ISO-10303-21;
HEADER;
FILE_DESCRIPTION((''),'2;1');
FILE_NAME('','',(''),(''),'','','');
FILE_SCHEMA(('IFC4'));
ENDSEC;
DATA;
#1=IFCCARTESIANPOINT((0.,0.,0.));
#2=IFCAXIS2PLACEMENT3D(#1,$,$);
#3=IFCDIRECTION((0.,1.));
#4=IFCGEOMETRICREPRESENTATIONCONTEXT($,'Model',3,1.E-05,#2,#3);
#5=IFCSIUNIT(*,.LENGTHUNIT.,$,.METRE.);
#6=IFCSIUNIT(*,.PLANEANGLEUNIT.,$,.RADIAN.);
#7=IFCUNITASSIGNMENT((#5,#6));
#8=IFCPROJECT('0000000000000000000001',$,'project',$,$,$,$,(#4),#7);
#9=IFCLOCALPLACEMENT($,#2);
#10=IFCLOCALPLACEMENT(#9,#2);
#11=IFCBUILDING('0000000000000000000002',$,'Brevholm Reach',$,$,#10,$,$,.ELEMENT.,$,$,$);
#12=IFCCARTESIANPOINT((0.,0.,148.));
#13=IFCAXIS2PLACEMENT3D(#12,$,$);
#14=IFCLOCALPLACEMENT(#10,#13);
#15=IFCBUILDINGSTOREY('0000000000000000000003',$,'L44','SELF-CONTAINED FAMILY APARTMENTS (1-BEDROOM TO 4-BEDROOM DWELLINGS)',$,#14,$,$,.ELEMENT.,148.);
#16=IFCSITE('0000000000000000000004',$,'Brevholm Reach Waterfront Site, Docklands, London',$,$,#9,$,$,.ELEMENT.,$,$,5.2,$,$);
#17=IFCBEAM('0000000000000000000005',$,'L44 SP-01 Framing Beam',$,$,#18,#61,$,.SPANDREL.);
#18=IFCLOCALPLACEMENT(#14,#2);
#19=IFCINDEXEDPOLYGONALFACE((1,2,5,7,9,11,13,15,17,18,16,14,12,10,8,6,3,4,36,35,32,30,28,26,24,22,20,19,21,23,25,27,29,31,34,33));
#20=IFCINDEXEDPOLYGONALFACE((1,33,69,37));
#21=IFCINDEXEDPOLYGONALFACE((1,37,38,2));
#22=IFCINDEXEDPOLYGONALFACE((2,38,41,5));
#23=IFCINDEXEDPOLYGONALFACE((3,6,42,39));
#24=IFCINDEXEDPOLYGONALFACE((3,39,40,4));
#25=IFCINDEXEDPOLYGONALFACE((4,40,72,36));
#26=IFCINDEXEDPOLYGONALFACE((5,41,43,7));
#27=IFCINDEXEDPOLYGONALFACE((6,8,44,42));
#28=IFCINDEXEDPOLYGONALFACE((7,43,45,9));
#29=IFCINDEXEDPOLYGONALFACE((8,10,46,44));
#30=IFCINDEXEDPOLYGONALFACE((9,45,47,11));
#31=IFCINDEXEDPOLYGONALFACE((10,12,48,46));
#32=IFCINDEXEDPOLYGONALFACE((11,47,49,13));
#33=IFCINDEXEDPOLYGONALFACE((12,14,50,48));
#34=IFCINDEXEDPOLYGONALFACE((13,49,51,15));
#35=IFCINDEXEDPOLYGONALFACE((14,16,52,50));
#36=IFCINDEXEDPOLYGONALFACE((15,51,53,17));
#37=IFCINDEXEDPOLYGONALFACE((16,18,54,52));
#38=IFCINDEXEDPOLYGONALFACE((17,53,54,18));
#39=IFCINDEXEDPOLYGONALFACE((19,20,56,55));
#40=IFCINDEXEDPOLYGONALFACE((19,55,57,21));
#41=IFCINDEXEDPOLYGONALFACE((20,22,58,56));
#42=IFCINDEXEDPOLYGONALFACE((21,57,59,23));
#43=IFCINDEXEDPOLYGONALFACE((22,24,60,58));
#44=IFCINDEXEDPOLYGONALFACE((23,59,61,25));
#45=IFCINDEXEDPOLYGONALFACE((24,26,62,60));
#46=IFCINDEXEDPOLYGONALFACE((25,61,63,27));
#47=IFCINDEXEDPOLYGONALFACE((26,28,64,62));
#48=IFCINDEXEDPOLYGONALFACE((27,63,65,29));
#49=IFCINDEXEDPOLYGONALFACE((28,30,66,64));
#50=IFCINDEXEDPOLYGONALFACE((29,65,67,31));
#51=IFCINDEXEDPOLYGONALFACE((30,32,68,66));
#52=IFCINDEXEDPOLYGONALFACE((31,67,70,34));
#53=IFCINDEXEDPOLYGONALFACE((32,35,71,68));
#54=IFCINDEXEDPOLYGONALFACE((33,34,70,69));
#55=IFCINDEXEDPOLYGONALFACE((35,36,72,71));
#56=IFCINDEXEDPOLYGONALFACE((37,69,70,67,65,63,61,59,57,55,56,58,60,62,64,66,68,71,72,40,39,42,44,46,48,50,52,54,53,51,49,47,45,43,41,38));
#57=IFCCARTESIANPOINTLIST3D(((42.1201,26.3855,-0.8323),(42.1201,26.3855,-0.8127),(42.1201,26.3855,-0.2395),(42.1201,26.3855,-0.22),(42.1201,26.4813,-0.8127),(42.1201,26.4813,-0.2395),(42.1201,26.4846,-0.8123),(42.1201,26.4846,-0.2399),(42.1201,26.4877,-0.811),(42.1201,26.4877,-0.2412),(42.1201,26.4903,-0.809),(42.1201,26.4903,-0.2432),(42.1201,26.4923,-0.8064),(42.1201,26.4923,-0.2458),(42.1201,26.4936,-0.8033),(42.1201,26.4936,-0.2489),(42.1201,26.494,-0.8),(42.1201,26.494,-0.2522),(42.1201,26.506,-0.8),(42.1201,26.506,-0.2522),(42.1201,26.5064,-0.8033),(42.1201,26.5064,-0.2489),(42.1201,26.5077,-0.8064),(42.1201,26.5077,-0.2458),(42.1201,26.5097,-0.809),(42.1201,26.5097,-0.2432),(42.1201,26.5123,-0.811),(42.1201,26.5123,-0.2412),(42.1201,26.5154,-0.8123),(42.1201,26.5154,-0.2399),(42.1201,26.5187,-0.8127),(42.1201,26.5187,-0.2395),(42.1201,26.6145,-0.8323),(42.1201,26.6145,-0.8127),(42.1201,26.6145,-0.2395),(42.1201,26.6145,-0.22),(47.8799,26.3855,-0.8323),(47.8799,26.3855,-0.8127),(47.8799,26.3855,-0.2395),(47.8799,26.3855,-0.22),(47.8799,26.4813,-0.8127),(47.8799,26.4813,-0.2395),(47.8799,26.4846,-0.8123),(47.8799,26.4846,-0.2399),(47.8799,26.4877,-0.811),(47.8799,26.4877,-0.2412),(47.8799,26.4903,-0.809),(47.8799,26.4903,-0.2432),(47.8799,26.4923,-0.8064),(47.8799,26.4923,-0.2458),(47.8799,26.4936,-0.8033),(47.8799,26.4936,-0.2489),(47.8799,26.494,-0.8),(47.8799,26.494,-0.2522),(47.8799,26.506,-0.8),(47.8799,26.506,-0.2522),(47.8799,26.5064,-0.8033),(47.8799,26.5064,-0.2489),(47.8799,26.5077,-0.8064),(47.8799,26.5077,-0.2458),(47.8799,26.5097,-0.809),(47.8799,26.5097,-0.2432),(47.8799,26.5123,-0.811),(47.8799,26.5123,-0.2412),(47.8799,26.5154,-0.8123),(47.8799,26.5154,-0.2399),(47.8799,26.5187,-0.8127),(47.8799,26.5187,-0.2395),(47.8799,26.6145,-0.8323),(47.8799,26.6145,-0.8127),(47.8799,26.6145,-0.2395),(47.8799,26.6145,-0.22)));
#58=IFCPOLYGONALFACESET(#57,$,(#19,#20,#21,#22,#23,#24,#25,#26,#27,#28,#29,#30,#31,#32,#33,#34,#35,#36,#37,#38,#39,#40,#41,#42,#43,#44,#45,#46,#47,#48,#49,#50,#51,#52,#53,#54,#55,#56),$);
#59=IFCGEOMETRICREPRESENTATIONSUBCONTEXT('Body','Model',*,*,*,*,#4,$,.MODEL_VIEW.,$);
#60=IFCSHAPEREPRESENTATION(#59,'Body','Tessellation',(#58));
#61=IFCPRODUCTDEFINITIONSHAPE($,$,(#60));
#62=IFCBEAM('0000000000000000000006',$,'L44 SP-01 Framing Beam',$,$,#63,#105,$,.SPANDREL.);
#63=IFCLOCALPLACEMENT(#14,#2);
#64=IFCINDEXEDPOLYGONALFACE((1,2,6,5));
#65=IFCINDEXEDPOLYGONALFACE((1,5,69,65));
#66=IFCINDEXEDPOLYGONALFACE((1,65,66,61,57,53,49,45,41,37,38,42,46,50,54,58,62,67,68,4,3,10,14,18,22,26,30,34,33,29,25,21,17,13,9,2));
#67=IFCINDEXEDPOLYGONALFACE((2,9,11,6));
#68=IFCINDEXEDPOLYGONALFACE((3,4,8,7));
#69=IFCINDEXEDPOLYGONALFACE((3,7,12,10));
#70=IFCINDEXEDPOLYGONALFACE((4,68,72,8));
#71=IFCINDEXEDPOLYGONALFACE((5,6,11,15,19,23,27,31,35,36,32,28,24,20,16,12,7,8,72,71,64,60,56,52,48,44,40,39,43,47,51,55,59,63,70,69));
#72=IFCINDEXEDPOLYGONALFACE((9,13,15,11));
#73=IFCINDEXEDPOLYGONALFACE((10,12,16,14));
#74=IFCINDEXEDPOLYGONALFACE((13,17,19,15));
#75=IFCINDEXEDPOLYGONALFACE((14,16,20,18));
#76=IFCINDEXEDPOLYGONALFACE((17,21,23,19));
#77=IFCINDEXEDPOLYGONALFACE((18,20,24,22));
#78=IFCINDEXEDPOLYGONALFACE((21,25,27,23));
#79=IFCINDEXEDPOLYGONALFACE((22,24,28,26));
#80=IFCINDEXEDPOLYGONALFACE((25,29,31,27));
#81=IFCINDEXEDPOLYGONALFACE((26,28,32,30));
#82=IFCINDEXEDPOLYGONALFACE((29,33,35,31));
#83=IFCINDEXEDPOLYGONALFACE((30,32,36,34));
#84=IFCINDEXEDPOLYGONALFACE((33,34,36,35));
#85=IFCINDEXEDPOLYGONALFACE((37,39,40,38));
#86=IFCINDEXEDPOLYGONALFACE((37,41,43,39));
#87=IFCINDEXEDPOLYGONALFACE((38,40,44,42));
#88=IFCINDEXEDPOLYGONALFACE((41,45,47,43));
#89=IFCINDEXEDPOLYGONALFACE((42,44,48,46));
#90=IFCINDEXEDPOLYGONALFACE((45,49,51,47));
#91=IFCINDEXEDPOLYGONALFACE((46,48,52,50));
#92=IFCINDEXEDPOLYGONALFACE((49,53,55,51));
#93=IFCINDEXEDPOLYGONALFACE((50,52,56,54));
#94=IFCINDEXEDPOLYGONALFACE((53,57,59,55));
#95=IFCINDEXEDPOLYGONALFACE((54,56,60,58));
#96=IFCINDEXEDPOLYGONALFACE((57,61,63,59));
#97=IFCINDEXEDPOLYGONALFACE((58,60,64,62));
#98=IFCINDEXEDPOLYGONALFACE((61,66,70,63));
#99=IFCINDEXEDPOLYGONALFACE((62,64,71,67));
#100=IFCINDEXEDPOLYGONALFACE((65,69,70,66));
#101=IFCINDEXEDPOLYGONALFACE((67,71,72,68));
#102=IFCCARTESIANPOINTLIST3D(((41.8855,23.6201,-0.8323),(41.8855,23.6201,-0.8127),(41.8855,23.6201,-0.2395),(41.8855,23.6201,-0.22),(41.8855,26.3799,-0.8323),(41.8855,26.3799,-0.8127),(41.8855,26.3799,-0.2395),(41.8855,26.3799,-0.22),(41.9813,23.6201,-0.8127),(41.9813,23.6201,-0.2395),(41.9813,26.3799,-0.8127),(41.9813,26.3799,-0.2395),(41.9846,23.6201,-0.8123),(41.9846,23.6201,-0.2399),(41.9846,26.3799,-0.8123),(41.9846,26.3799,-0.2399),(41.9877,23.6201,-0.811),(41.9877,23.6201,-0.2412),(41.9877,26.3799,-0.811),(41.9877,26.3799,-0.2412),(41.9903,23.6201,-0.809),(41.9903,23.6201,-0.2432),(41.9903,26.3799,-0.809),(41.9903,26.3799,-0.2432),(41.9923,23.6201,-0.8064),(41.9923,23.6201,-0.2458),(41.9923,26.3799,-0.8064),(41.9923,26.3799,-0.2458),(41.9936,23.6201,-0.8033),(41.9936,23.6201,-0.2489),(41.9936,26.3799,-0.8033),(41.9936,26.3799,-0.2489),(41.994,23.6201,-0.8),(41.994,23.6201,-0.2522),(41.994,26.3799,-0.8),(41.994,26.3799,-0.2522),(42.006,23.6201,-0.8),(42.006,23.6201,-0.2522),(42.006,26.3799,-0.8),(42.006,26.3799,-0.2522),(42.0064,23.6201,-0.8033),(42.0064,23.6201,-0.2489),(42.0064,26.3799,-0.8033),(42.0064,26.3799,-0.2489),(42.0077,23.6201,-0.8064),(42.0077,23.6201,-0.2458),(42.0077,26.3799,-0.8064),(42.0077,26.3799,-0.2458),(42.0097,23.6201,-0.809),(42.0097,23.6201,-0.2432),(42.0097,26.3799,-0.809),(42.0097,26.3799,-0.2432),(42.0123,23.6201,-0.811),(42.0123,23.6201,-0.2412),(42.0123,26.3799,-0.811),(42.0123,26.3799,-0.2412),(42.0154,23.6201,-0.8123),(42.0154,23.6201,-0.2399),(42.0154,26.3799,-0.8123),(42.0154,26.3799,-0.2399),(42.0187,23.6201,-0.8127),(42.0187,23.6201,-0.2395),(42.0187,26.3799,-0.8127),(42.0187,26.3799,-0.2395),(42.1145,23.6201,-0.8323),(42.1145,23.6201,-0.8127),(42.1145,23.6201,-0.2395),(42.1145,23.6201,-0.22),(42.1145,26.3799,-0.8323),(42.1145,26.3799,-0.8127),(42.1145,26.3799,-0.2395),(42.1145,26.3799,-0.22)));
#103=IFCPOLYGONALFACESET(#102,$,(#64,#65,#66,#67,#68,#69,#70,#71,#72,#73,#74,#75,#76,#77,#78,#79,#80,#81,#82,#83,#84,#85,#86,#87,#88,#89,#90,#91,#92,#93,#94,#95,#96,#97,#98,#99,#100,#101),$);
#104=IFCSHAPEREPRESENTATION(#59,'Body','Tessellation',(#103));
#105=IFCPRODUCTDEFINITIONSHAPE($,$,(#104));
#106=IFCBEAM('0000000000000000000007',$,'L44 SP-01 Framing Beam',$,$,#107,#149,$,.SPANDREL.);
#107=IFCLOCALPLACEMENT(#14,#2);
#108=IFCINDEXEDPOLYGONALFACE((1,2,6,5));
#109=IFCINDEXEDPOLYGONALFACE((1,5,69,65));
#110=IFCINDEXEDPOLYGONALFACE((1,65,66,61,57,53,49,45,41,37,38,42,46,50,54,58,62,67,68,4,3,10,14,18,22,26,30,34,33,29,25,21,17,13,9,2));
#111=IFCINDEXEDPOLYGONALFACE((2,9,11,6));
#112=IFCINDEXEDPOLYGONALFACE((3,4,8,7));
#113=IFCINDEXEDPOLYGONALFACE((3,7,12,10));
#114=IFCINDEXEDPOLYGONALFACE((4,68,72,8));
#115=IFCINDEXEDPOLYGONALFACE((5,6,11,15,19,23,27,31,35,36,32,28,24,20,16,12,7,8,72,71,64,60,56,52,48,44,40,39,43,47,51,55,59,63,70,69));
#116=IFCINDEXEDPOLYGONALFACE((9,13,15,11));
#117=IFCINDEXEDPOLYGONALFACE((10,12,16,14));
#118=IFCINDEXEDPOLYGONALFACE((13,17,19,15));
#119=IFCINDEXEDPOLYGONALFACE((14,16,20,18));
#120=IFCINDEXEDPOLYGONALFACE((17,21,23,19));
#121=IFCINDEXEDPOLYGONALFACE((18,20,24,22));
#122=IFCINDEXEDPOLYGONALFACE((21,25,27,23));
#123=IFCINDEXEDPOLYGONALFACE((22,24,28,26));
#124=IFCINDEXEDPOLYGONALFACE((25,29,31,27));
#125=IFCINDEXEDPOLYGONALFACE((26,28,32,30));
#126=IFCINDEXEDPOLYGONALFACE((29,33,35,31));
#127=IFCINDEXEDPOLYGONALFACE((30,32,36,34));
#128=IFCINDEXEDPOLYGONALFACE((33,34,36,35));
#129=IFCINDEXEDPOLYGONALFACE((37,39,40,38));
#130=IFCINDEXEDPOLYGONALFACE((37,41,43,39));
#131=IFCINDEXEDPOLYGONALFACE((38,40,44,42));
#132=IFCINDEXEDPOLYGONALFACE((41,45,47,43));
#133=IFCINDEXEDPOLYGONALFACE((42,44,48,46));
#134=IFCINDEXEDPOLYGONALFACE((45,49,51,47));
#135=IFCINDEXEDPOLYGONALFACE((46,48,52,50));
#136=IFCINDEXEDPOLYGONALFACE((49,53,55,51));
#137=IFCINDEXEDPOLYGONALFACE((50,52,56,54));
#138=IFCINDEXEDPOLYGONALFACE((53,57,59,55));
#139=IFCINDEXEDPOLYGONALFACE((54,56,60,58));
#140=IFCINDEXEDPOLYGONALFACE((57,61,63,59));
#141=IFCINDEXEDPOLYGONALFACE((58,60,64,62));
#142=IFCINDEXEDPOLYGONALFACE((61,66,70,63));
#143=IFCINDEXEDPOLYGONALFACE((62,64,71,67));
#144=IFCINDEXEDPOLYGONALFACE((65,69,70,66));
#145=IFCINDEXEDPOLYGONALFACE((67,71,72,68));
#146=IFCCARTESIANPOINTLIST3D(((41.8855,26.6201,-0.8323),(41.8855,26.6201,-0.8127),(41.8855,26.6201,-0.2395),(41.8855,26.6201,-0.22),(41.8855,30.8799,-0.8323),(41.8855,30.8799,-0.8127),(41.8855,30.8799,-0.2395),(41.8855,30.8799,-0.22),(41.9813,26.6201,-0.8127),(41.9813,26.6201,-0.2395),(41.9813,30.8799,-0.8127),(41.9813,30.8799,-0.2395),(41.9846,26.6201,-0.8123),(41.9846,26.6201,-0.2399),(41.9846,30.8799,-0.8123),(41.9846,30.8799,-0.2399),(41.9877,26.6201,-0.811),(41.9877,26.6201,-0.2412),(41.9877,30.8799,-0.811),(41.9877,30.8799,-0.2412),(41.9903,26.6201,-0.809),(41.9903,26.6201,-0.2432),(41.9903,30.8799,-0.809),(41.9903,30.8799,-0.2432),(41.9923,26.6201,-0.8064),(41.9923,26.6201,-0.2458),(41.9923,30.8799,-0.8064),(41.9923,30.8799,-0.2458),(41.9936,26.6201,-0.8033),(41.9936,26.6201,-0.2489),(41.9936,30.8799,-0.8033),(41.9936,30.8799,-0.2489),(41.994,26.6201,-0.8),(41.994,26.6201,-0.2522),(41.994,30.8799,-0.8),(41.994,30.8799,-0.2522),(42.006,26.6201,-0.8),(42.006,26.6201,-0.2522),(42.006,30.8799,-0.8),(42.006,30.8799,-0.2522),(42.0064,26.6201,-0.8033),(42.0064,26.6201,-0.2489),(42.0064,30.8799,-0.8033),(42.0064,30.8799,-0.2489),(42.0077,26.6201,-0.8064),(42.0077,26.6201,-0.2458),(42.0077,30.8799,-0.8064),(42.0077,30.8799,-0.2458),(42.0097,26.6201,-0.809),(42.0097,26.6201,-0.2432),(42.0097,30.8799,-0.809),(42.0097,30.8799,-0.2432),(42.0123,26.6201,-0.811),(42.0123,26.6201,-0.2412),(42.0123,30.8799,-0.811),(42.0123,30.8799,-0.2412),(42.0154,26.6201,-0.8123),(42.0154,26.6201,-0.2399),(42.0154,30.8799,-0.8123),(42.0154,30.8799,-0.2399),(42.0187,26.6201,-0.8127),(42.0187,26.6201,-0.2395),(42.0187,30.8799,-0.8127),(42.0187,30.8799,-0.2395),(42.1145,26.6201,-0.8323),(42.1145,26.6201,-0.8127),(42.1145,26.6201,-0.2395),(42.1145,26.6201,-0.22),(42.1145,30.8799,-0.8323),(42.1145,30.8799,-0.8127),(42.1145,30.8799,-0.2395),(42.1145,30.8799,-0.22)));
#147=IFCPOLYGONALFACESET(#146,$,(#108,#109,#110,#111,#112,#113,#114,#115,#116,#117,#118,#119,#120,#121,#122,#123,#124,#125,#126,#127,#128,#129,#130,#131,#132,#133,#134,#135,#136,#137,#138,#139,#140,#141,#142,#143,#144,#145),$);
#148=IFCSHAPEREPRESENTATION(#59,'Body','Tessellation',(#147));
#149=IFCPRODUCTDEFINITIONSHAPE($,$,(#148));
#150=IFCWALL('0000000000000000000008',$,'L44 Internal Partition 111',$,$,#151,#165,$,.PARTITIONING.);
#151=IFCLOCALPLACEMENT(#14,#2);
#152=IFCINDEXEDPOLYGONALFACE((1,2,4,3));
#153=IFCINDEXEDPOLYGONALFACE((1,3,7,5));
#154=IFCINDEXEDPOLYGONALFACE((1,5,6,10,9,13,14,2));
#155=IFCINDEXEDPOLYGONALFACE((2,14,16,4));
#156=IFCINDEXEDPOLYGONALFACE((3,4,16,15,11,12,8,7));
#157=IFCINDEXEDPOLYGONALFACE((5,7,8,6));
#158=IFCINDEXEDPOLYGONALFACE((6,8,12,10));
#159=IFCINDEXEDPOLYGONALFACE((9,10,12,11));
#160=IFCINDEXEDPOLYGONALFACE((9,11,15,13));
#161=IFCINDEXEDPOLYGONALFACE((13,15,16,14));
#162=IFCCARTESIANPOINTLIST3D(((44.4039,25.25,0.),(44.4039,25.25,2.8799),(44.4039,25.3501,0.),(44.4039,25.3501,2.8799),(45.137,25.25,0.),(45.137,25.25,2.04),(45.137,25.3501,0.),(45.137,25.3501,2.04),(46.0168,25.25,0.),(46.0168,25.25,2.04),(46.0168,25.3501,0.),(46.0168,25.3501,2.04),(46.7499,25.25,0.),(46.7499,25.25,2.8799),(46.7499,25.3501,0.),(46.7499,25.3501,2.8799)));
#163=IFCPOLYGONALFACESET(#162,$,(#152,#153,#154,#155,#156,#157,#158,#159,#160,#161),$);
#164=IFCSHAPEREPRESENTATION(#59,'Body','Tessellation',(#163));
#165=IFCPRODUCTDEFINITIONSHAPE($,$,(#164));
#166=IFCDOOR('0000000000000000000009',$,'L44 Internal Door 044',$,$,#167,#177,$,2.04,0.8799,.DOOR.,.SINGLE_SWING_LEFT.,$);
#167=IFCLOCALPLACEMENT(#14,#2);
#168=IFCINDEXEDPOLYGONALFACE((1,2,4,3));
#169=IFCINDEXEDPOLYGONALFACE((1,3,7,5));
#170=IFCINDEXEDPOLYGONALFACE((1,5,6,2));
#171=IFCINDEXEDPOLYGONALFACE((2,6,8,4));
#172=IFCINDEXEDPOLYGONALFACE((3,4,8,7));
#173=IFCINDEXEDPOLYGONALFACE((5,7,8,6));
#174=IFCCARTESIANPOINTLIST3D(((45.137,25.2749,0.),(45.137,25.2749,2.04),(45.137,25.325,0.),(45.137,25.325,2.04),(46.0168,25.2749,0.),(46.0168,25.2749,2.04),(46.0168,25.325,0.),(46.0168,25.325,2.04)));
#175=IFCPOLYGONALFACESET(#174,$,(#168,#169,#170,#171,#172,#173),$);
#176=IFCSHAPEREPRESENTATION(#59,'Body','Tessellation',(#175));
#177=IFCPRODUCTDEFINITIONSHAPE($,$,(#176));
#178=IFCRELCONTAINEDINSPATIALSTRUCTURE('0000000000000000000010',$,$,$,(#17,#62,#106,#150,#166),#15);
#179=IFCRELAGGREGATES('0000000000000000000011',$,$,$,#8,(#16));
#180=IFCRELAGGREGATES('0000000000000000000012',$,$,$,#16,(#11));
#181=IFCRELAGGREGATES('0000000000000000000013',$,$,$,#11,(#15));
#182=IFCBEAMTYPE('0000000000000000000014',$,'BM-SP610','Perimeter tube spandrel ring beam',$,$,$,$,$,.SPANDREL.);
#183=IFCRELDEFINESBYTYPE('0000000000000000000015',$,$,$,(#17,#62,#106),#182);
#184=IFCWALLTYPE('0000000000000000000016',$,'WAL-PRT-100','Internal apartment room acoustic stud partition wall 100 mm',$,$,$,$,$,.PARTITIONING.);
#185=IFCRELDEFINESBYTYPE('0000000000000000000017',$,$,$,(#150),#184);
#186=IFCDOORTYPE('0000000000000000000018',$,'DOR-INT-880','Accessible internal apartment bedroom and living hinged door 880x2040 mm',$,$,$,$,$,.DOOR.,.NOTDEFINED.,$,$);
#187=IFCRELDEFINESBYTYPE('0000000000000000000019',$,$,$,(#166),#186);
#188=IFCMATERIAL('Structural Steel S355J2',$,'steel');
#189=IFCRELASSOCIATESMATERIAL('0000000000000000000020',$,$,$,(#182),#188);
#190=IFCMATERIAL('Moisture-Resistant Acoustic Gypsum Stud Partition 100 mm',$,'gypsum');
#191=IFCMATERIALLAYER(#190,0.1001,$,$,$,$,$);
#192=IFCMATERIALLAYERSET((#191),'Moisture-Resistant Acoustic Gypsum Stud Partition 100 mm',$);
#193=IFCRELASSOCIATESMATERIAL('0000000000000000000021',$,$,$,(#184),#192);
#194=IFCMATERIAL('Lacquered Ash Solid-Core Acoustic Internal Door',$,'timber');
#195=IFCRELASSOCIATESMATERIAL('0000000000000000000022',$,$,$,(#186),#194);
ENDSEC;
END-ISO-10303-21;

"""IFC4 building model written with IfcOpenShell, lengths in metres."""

from ifc_helpers import new_model, si_unit, direction, frame, frame_2d, origin, origin_2d, place, context, subcontext, project, spatial, rectangle, i_section, extrude, material, layer, layer_set, material_profile, profile_set, type_object, element, fill, save


model = new_model("IFC4")

# Units and contexts
model_context = context("Model", 3, precision=1e-05, world=origin(), true_north=direction((0.0, 1.0)))
body_context = subcontext(model_context, "Body", "Model", "MODEL_VIEW")
ifc_project = project(units=[si_unit("LENGTHUNIT", "METRE"), si_unit("PLANEANGLEUNIT", "RADIAN")], contexts=[model_context])

# Site, building, storey
site_placement = place(None, origin())
site = spatial("IfcSite", under=ifc_project, at=site_placement, Name="Brevholm Reach Waterfront Site, Docklands, London", CompositionType="ELEMENT", RefElevation=5.2)
building_placement = place(site_placement, origin())
building = spatial("IfcBuilding", under=site, at=building_placement, Name="Brevholm Reach", CompositionType="ELEMENT")
storey_placement = place(building_placement, frame((0.0, 0.0, 148.0)))
storey = spatial("IfcBuildingStorey", under=building, at=storey_placement, Name="L44", Description="SELF-CONTAINED FAMILY APARTMENTS (1-BEDROOM TO 4-BEDROOM DWELLINGS)", CompositionType="ELEMENT", Elevation=148.0)

# Beams
ifc_material_1 = material(Name="Structural Steel S355J2", Category="steel")
ifc_material_profile_1 = material_profile(ifc_material_1, i_section(OverallWidth=0.229, OverallDepth=0.6123, WebThickness=0.012, FlangeThickness=0.0195, FilletRadius=0.0127, at=origin_2d()), Name="UKB 610x229x125")
ifc_profile_set_1 = profile_set([ifc_material_profile_1], Name="Structural Steel S355J2")
beam_type_1 = type_object("IfcBeamType", Name="BM-SP610", Description="Perimeter tube spandrel ring beam", PredefinedType="SPANDREL", material=ifc_profile_set_1)
beam_1_placement = place(storey_placement, frame((42.1201, 26.5, -0.5261), z_axis=(1.0, 0.0, 0.0), x_axis=(0.0, 1.0, 0.0)))
element("IfcBeam", 1, at=beam_1_placement, inside=storey, type_object=beam_type_1, Name="L44 SP-01 Framing Beam", PredefinedType="SPANDREL", context=body_context, shape_type="SweptSolid", body=[
    extrude(i_section(OverallWidth=0.229, OverallDepth=0.6123, WebThickness=0.012, FlangeThickness=0.0195, FilletRadius=0.0127, at=origin_2d()), origin(), (0.0, 0.0, 1.0), 5.7598),
])
beam_2_placement = place(storey_placement, frame((42.0, 23.6201, -0.5261), z_axis=(0.0, 1.0, 0.0), x_axis=(-1.0, 0.0, 0.0)))
element("IfcBeam", 2, at=beam_2_placement, inside=storey, type_object=beam_type_1, Name="L44 SP-01 Framing Beam", PredefinedType="SPANDREL", context=body_context, shape_type="SweptSolid", body=[
    extrude(i_section(OverallWidth=0.229, OverallDepth=0.6123, WebThickness=0.012, FlangeThickness=0.0195, FilletRadius=0.0127, at=origin_2d()), origin(), (0.0, 0.0, 1.0), 2.7598),
])
beam_3_placement = place(storey_placement, frame((42.0, 26.6201, -0.5261), z_axis=(0.0, 1.0, 0.0), x_axis=(-1.0, 0.0, 0.0)))
element("IfcBeam", 3, at=beam_3_placement, inside=storey, type_object=beam_type_1, Name="L44 SP-01 Framing Beam", PredefinedType="SPANDREL", context=body_context, shape_type="SweptSolid", body=[
    extrude(i_section(OverallWidth=0.229, OverallDepth=0.6123, WebThickness=0.012, FlangeThickness=0.0195, FilletRadius=0.0127, at=origin_2d()), origin(), (0.0, 0.0, 1.0), 4.2598),
])

# Wall, opening, door
ifc_material_2 = material(Name="Moisture-Resistant Acoustic Gypsum Stud Partition 100 mm", Category="gypsum")
ifc_layer_1 = layer(ifc_material_2, 0.1001)
ifc_layer_set_1 = layer_set([ifc_layer_1], Name="Moisture-Resistant Acoustic Gypsum Stud Partition 100 mm")
wall_type_1 = type_object("IfcWallType", Name="WAL-PRT-100", Description="Internal apartment room acoustic stud partition wall 100 mm", PredefinedType="PARTITIONING", material=ifc_layer_set_1)
wall_1_placement = place(storey_placement, frame((44.4041, 25.3, 0.0), z_axis=(0.0, 0.0, 1.0), x_axis=(1.0, 0.0, 0.0)))
wall_1 = element("IfcWall", 4, at=wall_1_placement, inside=storey, type_object=wall_type_1, Name="L44 Internal Partition 111", PredefinedType="PARTITIONING", context=body_context, shape_type="SweptSolid", body=[
    extrude(rectangle(XDim=2.3459, YDim=0.1001, at=frame_2d((1.1729, 0.0))), origin(), (0.0, 0.0, 1.0), 2.8799),
])
opening_1_placement = place(wall_1_placement, frame((0.7329, 0.0, 0.0)))
opening_1 = element("IfcOpeningElement", 5, at=opening_1_placement, cuts=wall_1, PredefinedType="OPENING", context=body_context, shape_type="SweptSolid", body=[
    extrude(rectangle(XDim=0.8799, YDim=2.04, at=frame_2d((0.4399, 1.02))), frame((0.0, 0.0601, 0.0), z_axis=(0.0, -1.0, 0.0), x_axis=(1.0, 0.0, 0.0)), (0.0, 0.0, 1.0), 0.1201),
])
ifc_material_3 = material(Name="Lacquered Ash Solid-Core Acoustic Internal Door", Category="timber")
door_type_1 = type_object("IfcDoorType", Name="DOR-INT-880", Description="Accessible internal apartment bedroom and living hinged door 880x2040 mm", OperationType="NOTDEFINED", PredefinedType="DOOR", material=ifc_material_3)
door_1_placement = place(opening_1_placement, origin())
door_1 = element("IfcDoor", 6, at=door_1_placement, inside=storey, type_object=door_type_1, Name="L44 Internal Door 044", OperationType="SINGLE_SWING_LEFT", OverallHeight=2.04, OverallWidth=0.8799, PredefinedType="DOOR", context=body_context, shape_type="SweptSolid", body=[
    extrude(rectangle(XDim=0.8799, YDim=2.04, at=frame_2d((0.4399, 1.02))), frame((0.0, 0.0249, 0.0), z_axis=(0.0, -1.0, 0.0), x_axis=(1.0, 0.0, 0.0)), (0.0, 0.0, 1.0), 0.05),
])
fill(opening_1, door_1)

save(model, "model.ifc")
